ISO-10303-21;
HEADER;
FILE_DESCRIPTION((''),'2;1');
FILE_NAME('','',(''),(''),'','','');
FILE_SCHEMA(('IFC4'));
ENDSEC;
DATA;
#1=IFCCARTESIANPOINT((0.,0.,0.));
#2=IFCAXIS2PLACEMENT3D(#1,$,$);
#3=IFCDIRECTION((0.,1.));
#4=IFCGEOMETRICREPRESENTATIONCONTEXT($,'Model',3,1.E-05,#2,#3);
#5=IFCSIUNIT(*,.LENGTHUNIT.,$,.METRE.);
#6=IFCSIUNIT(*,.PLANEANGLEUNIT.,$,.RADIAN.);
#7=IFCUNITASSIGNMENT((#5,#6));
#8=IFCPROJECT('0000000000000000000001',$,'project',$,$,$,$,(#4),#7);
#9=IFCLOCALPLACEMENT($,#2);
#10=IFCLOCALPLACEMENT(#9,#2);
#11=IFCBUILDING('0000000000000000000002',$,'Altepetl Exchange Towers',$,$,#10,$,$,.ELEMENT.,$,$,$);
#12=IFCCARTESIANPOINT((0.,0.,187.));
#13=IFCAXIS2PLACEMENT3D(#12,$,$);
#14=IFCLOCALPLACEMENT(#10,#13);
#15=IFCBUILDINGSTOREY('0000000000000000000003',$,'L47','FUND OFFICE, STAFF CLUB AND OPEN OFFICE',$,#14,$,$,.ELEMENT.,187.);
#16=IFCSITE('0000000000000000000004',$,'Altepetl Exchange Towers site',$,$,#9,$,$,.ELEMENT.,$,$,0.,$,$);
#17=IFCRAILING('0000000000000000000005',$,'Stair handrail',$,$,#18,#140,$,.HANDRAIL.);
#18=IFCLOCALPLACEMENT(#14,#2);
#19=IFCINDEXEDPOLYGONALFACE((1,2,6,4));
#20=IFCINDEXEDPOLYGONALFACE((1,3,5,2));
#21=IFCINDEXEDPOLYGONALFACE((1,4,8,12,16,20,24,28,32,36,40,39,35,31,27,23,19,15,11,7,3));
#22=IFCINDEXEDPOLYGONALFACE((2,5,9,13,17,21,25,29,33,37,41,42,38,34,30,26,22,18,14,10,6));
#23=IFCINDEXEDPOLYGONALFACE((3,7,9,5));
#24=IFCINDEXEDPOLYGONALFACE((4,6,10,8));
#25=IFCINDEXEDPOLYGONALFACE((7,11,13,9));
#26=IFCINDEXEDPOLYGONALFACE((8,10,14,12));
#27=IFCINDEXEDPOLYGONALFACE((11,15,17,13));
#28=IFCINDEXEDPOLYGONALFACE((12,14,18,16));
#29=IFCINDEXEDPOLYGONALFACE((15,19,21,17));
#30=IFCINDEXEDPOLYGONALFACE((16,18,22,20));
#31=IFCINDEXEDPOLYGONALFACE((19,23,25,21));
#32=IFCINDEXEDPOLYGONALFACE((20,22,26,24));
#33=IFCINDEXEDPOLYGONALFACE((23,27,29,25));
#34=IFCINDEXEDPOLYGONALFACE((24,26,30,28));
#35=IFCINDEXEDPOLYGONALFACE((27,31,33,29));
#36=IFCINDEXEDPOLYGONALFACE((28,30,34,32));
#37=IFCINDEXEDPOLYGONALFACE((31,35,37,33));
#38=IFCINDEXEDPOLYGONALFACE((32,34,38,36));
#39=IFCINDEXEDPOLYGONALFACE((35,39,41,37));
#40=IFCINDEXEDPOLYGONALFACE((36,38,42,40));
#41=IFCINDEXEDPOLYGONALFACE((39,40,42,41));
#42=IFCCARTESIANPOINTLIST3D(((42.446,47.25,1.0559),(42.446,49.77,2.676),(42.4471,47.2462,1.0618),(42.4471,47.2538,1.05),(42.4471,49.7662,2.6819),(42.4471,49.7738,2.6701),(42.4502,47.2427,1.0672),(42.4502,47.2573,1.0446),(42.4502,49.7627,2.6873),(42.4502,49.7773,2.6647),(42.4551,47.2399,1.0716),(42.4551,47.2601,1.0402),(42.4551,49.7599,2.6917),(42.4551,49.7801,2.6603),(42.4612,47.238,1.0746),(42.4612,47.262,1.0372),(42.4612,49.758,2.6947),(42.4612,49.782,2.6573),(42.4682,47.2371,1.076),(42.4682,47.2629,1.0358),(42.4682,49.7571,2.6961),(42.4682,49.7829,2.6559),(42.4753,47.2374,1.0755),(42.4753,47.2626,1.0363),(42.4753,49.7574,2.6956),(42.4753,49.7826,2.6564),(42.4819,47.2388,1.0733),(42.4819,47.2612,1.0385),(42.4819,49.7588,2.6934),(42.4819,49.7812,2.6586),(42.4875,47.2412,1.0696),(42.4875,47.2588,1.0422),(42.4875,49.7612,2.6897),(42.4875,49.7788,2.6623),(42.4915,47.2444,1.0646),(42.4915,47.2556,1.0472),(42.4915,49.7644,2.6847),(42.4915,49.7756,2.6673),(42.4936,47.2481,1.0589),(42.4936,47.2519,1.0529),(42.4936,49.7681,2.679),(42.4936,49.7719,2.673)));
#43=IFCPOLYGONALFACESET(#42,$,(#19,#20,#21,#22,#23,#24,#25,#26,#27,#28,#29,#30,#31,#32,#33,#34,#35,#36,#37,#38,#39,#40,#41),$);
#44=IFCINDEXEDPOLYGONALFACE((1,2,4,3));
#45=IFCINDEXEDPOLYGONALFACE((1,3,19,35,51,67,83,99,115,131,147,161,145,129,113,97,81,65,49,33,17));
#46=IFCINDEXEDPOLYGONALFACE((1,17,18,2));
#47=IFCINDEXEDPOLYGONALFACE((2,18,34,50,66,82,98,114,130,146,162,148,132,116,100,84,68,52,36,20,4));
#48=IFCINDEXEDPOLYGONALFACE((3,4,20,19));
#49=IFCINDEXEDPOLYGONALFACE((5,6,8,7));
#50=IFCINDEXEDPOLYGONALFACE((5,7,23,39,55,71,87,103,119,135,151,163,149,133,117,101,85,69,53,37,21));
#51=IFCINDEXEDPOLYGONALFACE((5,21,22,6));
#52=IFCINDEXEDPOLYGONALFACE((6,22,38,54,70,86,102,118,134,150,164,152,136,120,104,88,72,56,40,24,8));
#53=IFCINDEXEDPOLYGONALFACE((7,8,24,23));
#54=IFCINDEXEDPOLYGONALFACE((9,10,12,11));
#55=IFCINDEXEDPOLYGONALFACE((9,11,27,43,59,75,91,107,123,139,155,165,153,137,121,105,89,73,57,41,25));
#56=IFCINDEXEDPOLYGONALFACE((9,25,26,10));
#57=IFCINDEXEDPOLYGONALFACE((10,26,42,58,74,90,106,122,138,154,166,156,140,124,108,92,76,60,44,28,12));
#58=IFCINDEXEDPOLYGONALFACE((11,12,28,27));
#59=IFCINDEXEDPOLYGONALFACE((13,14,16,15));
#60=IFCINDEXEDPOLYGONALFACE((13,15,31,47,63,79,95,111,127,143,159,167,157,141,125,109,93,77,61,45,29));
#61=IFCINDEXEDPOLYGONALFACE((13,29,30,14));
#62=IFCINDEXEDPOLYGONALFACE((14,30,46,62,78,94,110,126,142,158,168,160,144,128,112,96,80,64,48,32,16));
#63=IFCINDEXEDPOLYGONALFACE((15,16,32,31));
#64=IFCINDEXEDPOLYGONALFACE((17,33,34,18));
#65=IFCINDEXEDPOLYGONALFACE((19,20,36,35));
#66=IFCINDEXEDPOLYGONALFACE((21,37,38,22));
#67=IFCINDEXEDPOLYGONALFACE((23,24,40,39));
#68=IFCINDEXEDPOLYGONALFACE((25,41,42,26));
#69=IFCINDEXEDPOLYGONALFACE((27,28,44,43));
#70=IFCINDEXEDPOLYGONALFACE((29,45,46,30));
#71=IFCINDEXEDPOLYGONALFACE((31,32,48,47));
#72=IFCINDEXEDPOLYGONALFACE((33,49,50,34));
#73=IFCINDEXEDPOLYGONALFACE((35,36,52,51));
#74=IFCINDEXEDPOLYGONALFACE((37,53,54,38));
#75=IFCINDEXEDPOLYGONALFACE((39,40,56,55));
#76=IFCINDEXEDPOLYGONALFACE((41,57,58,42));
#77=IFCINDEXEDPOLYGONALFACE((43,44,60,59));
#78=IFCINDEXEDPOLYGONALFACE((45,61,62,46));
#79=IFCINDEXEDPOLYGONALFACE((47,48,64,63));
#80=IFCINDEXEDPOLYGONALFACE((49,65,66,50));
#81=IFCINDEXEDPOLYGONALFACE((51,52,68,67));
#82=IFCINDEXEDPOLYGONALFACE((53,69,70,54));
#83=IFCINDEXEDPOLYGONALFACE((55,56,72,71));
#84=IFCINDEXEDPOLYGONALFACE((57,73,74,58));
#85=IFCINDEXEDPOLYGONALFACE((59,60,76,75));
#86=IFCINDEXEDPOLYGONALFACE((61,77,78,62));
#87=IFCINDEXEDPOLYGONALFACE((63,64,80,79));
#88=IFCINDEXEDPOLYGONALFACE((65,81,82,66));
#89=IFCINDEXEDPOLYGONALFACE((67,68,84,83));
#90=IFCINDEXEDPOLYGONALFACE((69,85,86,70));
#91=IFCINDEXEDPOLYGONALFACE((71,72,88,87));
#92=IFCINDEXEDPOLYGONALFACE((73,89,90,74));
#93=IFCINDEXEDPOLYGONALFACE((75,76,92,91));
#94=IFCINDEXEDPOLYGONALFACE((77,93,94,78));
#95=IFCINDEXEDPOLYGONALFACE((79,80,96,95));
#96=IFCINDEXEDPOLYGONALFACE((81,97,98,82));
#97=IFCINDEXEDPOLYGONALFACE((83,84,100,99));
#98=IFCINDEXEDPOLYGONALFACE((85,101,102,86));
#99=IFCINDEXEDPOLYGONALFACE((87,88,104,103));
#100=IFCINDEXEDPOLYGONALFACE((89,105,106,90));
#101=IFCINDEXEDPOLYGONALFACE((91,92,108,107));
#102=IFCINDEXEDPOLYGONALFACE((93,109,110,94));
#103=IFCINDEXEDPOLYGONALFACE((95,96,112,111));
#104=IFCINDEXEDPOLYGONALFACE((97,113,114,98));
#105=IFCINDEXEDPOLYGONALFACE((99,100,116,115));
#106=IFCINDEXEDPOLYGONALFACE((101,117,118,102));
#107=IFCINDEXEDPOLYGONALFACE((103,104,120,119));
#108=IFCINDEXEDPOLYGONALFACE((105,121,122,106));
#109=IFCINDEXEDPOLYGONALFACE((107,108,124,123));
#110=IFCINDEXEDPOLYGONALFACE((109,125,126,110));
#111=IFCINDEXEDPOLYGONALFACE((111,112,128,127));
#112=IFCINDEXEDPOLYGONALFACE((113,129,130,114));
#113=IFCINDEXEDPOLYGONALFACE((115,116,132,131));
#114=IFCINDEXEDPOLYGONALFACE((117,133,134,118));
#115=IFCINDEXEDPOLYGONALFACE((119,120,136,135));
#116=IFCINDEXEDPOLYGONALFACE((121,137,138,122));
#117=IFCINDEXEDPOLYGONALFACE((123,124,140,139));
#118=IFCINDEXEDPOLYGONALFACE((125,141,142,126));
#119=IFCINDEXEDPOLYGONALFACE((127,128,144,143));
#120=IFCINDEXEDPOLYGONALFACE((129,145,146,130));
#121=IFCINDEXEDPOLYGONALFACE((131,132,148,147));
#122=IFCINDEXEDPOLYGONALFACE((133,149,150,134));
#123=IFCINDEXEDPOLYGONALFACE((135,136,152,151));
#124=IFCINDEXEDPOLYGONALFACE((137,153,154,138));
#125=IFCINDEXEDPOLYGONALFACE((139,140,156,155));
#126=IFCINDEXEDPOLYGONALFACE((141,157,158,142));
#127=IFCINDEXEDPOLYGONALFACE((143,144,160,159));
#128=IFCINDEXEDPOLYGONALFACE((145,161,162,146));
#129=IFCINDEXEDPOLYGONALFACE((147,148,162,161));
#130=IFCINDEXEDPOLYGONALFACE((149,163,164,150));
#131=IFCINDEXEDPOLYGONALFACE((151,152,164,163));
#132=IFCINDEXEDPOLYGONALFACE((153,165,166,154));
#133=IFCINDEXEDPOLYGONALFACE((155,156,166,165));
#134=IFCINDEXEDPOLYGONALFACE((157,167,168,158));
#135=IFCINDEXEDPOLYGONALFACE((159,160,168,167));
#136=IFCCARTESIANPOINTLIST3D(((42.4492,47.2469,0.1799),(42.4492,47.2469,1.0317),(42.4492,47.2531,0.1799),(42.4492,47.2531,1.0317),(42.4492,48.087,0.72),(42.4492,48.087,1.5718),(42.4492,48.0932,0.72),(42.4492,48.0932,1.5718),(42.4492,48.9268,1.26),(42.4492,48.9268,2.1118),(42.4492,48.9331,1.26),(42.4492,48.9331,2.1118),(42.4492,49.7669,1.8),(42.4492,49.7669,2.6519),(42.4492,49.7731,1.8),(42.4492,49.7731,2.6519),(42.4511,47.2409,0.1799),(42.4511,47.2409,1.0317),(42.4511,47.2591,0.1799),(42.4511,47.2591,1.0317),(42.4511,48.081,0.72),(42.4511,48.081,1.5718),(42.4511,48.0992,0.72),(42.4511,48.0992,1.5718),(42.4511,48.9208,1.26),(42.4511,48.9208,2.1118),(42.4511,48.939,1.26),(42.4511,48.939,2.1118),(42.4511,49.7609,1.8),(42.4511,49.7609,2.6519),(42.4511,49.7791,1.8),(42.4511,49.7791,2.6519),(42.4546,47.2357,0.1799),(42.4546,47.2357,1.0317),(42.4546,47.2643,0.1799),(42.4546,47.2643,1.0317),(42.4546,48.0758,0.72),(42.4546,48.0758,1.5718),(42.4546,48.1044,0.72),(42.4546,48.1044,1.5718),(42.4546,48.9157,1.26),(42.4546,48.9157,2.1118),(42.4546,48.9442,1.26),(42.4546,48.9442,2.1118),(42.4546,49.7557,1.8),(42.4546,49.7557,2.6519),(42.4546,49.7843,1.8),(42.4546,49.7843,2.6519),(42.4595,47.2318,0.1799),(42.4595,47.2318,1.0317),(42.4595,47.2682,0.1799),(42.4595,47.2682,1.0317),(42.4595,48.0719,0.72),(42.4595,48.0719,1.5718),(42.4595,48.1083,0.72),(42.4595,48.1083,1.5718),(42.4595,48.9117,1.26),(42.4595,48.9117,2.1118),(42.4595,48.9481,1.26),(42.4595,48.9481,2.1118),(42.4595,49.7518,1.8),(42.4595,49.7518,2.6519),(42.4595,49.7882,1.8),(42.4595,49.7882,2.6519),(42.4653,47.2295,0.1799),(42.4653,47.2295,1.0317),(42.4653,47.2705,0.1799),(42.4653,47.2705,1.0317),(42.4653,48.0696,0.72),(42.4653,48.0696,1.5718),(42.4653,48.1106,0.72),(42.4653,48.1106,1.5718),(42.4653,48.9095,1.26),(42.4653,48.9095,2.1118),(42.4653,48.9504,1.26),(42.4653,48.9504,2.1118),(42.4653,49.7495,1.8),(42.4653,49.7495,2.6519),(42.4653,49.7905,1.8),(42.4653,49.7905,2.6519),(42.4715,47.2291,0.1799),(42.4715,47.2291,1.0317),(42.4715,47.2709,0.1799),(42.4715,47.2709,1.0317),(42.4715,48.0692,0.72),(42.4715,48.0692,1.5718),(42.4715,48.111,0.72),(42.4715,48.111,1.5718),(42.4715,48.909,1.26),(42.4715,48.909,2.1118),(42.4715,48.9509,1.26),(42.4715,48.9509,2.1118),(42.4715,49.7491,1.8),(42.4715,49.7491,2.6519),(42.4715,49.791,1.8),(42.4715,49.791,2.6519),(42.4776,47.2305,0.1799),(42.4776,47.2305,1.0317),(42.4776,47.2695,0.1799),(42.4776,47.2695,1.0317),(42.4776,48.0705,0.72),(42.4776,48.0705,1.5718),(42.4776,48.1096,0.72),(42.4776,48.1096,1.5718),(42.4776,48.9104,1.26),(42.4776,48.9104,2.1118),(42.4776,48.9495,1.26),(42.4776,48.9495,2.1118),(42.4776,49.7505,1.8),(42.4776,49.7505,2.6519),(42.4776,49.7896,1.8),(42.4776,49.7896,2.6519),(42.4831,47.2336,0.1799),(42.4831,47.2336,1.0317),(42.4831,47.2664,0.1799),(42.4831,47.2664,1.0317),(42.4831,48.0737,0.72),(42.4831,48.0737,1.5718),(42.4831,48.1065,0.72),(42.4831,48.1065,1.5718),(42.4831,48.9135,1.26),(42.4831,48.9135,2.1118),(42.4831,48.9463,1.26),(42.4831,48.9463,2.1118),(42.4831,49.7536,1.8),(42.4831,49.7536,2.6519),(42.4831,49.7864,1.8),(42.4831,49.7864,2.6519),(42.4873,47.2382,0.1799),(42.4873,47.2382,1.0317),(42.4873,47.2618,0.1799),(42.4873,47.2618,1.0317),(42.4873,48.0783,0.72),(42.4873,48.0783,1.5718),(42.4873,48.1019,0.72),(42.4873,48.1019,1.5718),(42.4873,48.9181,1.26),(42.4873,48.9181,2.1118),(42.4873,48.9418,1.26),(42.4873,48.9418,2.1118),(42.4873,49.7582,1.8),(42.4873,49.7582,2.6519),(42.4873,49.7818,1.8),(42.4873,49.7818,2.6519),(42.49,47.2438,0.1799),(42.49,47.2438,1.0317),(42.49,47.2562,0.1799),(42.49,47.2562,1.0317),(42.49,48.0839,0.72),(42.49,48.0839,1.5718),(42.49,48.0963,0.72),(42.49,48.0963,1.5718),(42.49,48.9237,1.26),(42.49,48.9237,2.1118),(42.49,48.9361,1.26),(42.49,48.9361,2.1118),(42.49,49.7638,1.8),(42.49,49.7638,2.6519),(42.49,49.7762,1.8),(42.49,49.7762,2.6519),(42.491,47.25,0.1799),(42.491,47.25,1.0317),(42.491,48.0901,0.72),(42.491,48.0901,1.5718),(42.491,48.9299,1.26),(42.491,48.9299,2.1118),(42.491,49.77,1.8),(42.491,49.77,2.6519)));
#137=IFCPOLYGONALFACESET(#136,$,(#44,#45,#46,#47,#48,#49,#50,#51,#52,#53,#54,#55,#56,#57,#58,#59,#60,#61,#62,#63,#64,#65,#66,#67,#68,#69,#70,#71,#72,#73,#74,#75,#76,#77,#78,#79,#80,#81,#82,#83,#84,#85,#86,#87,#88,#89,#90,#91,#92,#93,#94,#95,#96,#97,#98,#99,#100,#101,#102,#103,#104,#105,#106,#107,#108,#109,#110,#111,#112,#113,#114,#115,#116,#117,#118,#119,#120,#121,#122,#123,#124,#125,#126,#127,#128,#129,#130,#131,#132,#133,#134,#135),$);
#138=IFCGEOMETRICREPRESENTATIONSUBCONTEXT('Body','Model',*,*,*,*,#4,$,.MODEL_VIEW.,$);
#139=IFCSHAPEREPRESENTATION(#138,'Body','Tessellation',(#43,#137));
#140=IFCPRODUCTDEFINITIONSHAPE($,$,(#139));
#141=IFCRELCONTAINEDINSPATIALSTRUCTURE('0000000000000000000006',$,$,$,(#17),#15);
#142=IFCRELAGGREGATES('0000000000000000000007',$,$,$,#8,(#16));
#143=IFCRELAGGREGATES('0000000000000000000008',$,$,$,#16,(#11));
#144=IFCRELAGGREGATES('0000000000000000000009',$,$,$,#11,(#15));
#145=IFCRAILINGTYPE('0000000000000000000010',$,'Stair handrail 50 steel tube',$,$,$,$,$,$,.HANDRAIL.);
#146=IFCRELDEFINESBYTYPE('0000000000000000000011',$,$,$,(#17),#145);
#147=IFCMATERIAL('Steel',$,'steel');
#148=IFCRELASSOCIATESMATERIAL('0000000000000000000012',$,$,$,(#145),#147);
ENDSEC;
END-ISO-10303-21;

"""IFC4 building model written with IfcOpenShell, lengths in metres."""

from ifc_helpers import new_model, si_unit, direction, frame, origin, origin_2d, place, context, subcontext, project, spatial, circle, extrude, source, transform, mapped, material, type_object, element, save


model = new_model("IFC4")

# Units and contexts
model_context = context("Model", 3, precision=1e-05, world=origin(), true_north=direction((0.0, 1.0)))
body_context = subcontext(model_context, "Body", "Model", "MODEL_VIEW")
ifc_project = project(units=[si_unit("LENGTHUNIT", "METRE"), si_unit("PLANEANGLEUNIT", "RADIAN")], contexts=[model_context])

# Site, building, storey
site_placement = place(None, origin())
site = spatial("IfcSite", under=ifc_project, at=site_placement, Name="Altepetl Exchange Towers site", CompositionType="ELEMENT", RefElevation=0.0)
building_placement = place(site_placement, origin())
building = spatial("IfcBuilding", under=site, at=building_placement, Name="Altepetl Exchange Towers", CompositionType="ELEMENT")
storey_placement = place(building_placement, frame((0.0, 0.0, 187.0)))
storey = spatial("IfcBuildingStorey", under=building, at=storey_placement, Name="L47", Description="FUND OFFICE, STAFF CLUB AND OPEN OFFICE", CompositionType="ELEMENT", Elevation=187.0)

# Railing
ifc_material_1 = material(Name="Steel", Category="steel")
railing_type = type_object("IfcRailingType", Name="Stair handrail 50 steel tube", PredefinedType="HANDRAIL", material=ifc_material_1)
shared_shape = source(origin(), body_context, "Body", "SweptSolid", [
    extrude(circle(Radius=0.021, at=origin_2d()), origin(), (0.0, 0.0, 1.0), 0.8518),
])
railing_1_placement = place(storey_placement, frame((42.47, 47.25, 0.1799)))
element("IfcRailing", 1, at=railing_1_placement, inside=storey, type_object=railing_type, Name="Stair handrail", PredefinedType="HANDRAIL", context=body_context, shape_type="SweptSolid", body=[
    extrude(circle(Radius=0.0239, at=origin_2d()), frame((0.0, 0.0, 0.876), z_axis=(0.0, 0.841163, 0.540782), x_axis=(-1.0, 0.0, 0.0)), (0.0, 0.0, 1.0), 2.9958),
    mapped(shared_shape, transform((0.0, 0.0, 0.0))),
    mapped(shared_shape, transform((0.0, 0.8401, 0.54))),
    mapped(shared_shape, transform((0.0, 1.6799, 1.0801))),
    mapped(shared_shape, transform((0.0, 2.52, 1.6201))),
])

save(model, "model.ifc")
